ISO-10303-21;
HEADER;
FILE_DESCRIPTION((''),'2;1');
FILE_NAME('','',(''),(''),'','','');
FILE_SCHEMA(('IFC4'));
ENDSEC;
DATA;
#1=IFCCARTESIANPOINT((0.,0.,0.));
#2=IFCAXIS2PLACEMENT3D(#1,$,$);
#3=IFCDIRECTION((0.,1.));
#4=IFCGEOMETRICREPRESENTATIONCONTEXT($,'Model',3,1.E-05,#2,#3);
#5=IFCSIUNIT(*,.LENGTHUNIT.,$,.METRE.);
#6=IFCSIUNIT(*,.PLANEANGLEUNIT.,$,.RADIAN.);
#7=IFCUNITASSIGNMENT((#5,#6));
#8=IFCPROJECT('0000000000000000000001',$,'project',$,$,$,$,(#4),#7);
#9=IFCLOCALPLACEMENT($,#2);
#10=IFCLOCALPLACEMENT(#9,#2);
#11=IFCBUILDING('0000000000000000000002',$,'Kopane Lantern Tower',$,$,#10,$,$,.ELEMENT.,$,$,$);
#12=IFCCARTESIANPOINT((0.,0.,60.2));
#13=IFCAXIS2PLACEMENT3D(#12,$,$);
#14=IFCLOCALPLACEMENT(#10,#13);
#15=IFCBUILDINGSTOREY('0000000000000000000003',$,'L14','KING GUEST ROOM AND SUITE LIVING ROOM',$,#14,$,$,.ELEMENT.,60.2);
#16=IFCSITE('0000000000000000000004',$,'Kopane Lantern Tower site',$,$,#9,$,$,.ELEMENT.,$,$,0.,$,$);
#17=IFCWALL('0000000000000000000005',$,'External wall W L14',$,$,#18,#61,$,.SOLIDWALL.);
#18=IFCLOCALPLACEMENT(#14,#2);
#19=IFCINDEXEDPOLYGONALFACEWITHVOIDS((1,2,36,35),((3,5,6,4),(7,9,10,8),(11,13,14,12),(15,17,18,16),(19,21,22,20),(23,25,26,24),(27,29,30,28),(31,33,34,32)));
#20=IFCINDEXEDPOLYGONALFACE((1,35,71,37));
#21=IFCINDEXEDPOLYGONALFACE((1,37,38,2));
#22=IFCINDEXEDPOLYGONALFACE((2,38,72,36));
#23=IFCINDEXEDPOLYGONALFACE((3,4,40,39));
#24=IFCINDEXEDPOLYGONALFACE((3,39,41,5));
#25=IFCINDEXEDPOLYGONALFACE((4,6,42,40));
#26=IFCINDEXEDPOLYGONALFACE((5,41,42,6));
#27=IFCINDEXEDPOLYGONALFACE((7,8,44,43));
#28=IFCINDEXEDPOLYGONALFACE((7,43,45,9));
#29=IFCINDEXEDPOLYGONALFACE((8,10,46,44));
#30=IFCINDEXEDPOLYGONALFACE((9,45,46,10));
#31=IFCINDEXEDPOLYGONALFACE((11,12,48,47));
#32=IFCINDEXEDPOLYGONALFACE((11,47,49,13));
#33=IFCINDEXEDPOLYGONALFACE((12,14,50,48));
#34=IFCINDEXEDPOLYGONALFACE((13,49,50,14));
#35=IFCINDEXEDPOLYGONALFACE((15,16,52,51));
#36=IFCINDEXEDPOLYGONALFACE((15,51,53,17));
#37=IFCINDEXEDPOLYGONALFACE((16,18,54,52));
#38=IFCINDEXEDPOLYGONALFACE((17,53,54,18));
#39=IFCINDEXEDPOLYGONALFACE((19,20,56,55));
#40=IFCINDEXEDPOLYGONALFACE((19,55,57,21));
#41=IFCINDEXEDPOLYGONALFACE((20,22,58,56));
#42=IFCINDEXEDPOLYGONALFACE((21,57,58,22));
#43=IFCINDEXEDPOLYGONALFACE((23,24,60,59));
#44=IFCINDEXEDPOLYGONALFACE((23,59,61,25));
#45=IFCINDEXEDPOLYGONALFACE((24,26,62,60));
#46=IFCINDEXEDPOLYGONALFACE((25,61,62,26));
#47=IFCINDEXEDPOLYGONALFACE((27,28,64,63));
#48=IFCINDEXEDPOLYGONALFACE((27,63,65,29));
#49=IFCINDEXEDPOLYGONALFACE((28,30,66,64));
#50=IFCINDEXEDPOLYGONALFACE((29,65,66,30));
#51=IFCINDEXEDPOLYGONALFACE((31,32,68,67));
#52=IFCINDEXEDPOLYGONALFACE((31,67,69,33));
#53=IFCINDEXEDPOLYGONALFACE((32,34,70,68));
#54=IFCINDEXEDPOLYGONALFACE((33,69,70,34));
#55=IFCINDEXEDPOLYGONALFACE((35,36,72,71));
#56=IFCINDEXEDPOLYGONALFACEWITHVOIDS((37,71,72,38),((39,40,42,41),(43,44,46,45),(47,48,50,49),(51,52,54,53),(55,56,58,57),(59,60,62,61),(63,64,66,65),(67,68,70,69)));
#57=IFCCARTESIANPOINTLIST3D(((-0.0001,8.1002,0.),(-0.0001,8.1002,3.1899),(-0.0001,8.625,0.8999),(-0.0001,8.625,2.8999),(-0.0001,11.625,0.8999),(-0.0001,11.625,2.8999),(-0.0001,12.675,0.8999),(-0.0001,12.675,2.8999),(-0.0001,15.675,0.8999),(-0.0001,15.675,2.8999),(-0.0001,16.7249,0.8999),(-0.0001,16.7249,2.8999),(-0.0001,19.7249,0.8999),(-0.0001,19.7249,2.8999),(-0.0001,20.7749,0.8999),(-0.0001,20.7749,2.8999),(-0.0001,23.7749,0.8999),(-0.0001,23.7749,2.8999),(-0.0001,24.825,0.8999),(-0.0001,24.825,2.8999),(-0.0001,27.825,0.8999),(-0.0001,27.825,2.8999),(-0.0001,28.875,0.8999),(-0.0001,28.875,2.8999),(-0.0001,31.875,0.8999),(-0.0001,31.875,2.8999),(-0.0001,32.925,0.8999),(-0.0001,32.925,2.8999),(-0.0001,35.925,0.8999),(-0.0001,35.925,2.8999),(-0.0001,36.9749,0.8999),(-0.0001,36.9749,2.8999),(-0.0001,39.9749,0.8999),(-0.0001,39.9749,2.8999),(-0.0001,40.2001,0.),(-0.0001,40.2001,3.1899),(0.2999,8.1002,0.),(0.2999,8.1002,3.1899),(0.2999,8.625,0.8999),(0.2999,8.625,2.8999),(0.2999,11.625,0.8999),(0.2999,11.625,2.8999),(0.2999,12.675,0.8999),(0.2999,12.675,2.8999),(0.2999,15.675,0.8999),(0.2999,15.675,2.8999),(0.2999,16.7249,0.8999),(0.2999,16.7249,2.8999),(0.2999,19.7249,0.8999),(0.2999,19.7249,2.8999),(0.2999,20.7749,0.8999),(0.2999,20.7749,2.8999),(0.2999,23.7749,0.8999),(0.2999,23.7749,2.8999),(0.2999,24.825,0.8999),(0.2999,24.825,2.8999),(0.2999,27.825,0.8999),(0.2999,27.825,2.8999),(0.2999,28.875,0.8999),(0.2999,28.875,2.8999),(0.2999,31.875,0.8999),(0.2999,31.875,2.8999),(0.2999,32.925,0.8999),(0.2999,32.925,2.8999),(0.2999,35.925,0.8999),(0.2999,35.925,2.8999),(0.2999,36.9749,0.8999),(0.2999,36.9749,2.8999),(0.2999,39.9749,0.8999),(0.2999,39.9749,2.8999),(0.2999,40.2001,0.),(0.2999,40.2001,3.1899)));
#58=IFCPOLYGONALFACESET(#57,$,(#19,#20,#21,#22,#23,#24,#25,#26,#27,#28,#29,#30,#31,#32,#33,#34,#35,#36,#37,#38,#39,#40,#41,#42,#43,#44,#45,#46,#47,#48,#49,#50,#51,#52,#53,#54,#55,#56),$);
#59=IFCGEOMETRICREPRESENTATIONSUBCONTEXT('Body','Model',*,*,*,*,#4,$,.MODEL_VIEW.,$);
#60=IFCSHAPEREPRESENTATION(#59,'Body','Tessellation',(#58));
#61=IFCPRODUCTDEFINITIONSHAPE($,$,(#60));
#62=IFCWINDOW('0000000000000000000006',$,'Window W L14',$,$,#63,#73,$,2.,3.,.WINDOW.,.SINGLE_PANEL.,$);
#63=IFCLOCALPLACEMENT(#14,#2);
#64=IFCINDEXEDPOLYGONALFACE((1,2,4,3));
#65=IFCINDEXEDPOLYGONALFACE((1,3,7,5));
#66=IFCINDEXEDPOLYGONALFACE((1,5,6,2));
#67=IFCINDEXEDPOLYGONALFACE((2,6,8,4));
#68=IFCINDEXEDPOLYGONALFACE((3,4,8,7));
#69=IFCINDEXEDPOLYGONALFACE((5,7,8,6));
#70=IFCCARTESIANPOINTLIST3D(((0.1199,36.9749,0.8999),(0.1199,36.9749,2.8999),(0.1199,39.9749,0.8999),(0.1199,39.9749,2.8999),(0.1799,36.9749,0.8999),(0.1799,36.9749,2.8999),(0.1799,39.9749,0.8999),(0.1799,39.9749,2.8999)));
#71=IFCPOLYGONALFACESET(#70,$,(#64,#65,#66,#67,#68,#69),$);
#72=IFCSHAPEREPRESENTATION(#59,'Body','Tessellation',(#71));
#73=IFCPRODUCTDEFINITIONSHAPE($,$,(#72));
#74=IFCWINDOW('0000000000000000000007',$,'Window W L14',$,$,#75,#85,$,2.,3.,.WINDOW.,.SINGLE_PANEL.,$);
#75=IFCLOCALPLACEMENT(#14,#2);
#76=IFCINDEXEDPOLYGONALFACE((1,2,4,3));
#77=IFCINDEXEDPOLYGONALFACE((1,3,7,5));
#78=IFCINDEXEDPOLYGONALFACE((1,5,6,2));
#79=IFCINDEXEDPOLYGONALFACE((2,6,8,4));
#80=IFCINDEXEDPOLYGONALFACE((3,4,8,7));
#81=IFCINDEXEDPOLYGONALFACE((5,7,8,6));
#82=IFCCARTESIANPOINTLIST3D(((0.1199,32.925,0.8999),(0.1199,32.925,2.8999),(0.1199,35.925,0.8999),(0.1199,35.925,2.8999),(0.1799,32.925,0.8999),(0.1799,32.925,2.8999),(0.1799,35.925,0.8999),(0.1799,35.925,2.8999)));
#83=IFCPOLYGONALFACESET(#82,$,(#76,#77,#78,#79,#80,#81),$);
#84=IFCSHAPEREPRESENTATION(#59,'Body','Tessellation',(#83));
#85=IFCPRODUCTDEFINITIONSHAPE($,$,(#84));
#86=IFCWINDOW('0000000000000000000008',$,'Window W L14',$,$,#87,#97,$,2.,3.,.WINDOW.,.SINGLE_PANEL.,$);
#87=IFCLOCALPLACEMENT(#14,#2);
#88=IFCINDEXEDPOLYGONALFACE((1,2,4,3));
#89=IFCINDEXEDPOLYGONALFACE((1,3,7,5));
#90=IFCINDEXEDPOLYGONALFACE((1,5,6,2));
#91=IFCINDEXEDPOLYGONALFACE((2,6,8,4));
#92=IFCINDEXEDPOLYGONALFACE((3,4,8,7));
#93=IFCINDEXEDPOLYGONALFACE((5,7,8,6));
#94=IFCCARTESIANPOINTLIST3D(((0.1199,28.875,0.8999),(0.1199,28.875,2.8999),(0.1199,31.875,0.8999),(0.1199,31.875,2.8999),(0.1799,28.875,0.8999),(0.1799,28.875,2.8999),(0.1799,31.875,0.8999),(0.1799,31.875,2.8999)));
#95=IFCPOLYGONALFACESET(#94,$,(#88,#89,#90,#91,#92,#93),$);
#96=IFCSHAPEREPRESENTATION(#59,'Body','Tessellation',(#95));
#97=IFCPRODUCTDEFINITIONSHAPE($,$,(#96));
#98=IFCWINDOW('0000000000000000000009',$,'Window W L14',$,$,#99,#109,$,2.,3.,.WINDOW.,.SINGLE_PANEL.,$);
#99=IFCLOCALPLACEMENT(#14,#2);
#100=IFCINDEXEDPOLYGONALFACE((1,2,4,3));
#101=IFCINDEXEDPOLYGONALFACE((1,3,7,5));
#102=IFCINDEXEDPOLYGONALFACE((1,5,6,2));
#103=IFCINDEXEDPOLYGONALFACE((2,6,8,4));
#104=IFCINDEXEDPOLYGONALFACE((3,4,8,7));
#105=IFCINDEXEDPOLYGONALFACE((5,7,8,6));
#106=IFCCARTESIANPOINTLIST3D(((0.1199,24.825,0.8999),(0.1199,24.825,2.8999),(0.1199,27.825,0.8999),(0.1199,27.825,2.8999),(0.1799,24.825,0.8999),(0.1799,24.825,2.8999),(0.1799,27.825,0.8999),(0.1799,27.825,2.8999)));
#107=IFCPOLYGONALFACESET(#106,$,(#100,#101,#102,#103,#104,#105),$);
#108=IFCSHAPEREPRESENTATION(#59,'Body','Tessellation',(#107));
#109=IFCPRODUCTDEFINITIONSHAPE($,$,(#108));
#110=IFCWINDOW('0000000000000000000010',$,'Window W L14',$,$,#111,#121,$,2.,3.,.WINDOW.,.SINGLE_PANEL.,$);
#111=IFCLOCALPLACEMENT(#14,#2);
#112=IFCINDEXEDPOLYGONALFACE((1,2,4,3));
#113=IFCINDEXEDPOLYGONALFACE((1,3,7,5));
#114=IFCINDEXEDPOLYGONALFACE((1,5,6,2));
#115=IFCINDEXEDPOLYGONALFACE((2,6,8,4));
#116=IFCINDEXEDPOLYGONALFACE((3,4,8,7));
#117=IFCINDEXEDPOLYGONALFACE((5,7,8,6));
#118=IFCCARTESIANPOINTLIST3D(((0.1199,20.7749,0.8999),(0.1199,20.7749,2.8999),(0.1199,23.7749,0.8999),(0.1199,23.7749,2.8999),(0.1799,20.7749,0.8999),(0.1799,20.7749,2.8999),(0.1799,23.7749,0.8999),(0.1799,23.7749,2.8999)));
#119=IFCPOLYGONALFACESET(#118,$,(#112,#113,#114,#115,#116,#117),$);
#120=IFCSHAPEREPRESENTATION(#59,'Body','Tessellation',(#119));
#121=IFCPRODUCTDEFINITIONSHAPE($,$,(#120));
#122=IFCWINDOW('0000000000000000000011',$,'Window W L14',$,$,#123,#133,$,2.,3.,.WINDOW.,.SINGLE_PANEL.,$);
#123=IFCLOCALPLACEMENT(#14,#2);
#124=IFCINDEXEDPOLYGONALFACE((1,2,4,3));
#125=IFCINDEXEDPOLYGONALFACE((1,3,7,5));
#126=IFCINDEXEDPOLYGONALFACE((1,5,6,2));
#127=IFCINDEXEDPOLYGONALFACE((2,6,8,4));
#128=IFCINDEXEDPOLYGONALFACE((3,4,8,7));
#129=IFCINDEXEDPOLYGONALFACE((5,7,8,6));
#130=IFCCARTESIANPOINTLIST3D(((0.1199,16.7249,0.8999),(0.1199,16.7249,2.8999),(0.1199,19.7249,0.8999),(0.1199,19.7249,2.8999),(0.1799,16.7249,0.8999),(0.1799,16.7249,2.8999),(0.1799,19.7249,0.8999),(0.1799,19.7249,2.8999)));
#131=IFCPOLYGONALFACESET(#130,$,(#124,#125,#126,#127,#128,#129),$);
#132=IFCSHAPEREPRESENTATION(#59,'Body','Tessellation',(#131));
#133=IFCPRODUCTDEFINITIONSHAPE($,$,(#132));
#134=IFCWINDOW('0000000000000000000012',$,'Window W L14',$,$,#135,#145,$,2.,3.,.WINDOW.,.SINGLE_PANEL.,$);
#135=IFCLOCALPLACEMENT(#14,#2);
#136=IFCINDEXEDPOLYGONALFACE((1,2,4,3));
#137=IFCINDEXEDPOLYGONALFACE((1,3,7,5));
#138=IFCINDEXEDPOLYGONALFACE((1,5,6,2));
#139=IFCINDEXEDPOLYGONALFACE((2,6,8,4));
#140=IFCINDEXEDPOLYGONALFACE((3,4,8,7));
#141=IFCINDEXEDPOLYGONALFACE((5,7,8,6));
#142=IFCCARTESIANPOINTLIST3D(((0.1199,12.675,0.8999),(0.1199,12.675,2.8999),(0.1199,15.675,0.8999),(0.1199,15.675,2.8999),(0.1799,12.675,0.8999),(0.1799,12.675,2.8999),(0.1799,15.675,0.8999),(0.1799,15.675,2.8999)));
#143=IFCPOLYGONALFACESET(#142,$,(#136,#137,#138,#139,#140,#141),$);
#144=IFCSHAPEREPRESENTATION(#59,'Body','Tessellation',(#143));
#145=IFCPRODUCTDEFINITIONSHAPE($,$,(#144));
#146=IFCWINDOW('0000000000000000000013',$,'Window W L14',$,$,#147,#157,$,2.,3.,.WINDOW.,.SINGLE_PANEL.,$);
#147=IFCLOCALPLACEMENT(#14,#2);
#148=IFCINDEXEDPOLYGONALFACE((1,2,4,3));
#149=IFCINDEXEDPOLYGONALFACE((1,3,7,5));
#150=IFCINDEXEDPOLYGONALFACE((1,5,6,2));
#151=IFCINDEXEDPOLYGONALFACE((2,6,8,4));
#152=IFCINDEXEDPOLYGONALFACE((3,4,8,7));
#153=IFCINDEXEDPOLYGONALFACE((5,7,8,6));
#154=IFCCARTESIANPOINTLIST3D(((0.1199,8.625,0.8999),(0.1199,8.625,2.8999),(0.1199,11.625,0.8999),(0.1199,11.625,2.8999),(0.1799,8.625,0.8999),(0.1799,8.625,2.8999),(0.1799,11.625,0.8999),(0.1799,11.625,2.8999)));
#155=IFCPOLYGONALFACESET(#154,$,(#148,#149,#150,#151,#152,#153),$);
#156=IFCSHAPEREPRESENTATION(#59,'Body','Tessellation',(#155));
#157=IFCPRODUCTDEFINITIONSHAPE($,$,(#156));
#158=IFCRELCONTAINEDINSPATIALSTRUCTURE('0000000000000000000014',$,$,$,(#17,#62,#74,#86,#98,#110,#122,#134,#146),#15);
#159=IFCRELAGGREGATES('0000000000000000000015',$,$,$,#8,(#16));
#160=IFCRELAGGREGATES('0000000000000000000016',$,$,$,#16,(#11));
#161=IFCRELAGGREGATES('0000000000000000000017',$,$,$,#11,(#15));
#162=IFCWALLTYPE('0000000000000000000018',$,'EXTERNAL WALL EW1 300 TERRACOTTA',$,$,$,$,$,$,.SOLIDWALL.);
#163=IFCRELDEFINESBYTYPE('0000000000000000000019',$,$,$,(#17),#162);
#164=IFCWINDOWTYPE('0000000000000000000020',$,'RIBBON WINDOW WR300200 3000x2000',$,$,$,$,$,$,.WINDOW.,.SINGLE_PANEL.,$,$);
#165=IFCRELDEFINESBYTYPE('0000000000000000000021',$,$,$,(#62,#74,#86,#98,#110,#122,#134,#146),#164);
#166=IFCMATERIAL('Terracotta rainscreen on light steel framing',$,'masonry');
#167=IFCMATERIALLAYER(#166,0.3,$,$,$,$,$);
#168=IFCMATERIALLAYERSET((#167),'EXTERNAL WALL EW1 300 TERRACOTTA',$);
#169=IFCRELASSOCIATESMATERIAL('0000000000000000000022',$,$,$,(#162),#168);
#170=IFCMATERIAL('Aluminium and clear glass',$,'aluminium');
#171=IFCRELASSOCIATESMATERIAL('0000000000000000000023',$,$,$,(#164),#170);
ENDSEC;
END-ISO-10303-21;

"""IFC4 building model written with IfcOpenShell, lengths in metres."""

from ifc_helpers import new_model, si_unit, direction, frame, frame_2d, origin, place, context, subcontext, project, spatial, rectangle, extrude, material, layer, layer_set, type_object, element, fill, save


model = new_model("IFC4")

# Units and contexts
model_context = context("Model", 3, precision=1e-05, world=origin(), true_north=direction((0.0, 1.0)))
body_context = subcontext(model_context, "Body", "Model", "MODEL_VIEW")
ifc_project = project(units=[si_unit("LENGTHUNIT", "METRE"), si_unit("PLANEANGLEUNIT", "RADIAN")], contexts=[model_context])

# Site, building, storey
site_placement = place(None, origin())
site = spatial("IfcSite", under=ifc_project, at=site_placement, Name="Kopane Lantern Tower site", CompositionType="ELEMENT", RefElevation=0.0)
building_placement = place(site_placement, origin())
building = spatial("IfcBuilding", under=site, at=building_placement, Name="Kopane Lantern Tower", CompositionType="ELEMENT")
storey_placement = place(building_placement, frame((0.0, 0.0, 60.2)))
storey = spatial("IfcBuildingStorey", under=building, at=storey_placement, Name="L14", Description="KING GUEST ROOM AND SUITE LIVING ROOM", CompositionType="ELEMENT", Elevation=60.2)

# Shared definitions
ifc_material_1 = material(Name="Terracotta rainscreen on light steel framing", Category="masonry")
ifc_layer_1 = layer(ifc_material_1, 0.3)
ifc_layer_set_1 = layer_set([ifc_layer_1], Name="EXTERNAL WALL EW1 300 TERRACOTTA")
wall_type_1 = type_object("IfcWallType", Name="EXTERNAL WALL EW1 300 TERRACOTTA", PredefinedType="SOLIDWALL", material=ifc_layer_set_1)

# Wall, openings, windows
wall_1_placement = place(storey_placement, frame((0.1499, 40.2, 0.0), z_axis=(0.0, 0.0, 1.0), x_axis=(0.0, -1.0, 0.0)))
wall_1 = element("IfcWall", 1, at=wall_1_placement, inside=storey, type_object=wall_type_1, Name="External wall W L14", PredefinedType="SOLIDWALL", context=body_context, shape_type="SweptSolid", body=[
    extrude(rectangle(XDim=32.0999, YDim=0.3, at=frame_2d((16.0498, 0.0))), origin(), (0.0, 0.0, 1.0), 3.1899),
])
opening_1_placement = place(wall_1_placement, frame((0.2251, 0.0, 0.8999)))
opening_1 = element("IfcOpeningElement", 2, at=opening_1_placement, cuts=wall_1, PredefinedType="OPENING", context=body_context, shape_type="SweptSolid", body=[
    extrude(rectangle(XDim=3.0, YDim=2.0, at=frame_2d((1.5, 1.0))), frame((0.0, 0.1599, 0.0), z_axis=(0.0, -1.0, 0.0), x_axis=(1.0, 0.0, 0.0)), (0.0, 0.0, 1.0), 0.3201),
])
opening_2_placement = place(wall_1_placement, frame((4.2749, 0.0, 0.8999)))
opening_2 = element("IfcOpeningElement", 3, at=opening_2_placement, cuts=wall_1, PredefinedType="OPENING", context=body_context, shape_type="SweptSolid", body=[
    extrude(rectangle(XDim=3.0, YDim=2.0, at=frame_2d((1.5, 1.0))), frame((0.0, 0.1599, 0.0), z_axis=(0.0, -1.0, 0.0), x_axis=(1.0, 0.0, 0.0)), (0.0, 0.0, 1.0), 0.3201),
])
opening_3_placement = place(wall_1_placement, frame((8.325, 0.0, 0.8999)))
opening_3 = element("IfcOpeningElement", 4, at=opening_3_placement, cuts=wall_1, PredefinedType="OPENING", context=body_context, shape_type="SweptSolid", body=[
    extrude(rectangle(XDim=3.0, YDim=2.0, at=frame_2d((1.5, 1.0))), frame((0.0, 0.1599, 0.0), z_axis=(0.0, -1.0, 0.0), x_axis=(1.0, 0.0, 0.0)), (0.0, 0.0, 1.0), 0.3201),
])
opening_4_placement = place(wall_1_placement, frame((12.375, 0.0, 0.8999)))
opening_4 = element("IfcOpeningElement", 5, at=opening_4_placement, cuts=wall_1, PredefinedType="OPENING", context=body_context, shape_type="SweptSolid", body=[
    extrude(rectangle(XDim=3.0, YDim=2.0, at=frame_2d((1.5, 1.0))), frame((0.0, 0.1599, 0.0), z_axis=(0.0, -1.0, 0.0), x_axis=(1.0, 0.0, 0.0)), (0.0, 0.0, 1.0), 0.3201),
])
opening_5_placement = place(wall_1_placement, frame((16.425, 0.0, 0.8999)))
opening_5 = element("IfcOpeningElement", 6, at=opening_5_placement, cuts=wall_1, PredefinedType="OPENING", context=body_context, shape_type="SweptSolid", body=[
    extrude(rectangle(XDim=3.0, YDim=2.0, at=frame_2d((1.5, 1.0))), frame((0.0, 0.1599, 0.0), z_axis=(0.0, -1.0, 0.0), x_axis=(1.0, 0.0, 0.0)), (0.0, 0.0, 1.0), 0.3201),
])
opening_6_placement = place(wall_1_placement, frame((20.4751, 0.0, 0.8999)))
opening_6 = element("IfcOpeningElement", 7, at=opening_6_placement, cuts=wall_1, PredefinedType="OPENING", context=body_context, shape_type="SweptSolid", body=[
    extrude(rectangle(XDim=3.0, YDim=2.0, at=frame_2d((1.5, 1.0))), frame((0.0, 0.1599, 0.0), z_axis=(0.0, -1.0, 0.0), x_axis=(1.0, 0.0, 0.0)), (0.0, 0.0, 1.0), 0.3201),
])
opening_7_placement = place(wall_1_placement, frame((24.5249, 0.0, 0.8999)))
opening_7 = element("IfcOpeningElement", 8, at=opening_7_placement, cuts=wall_1, PredefinedType="OPENING", context=body_context, shape_type="SweptSolid", body=[
    extrude(rectangle(XDim=3.0, YDim=2.0, at=frame_2d((1.5, 1.0))), frame((0.0, 0.1599, 0.0), z_axis=(0.0, -1.0, 0.0), x_axis=(1.0, 0.0, 0.0)), (0.0, 0.0, 1.0), 0.3201),
])
opening_8_placement = place(wall_1_placement, frame((28.575, 0.0, 0.8999)))
opening_8 = element("IfcOpeningElement", 9, at=opening_8_placement, cuts=wall_1, PredefinedType="OPENING", context=body_context, shape_type="SweptSolid", body=[
    extrude(rectangle(XDim=3.0, YDim=2.0, at=frame_2d((1.5, 1.0))), frame((0.0, 0.1599, 0.0), z_axis=(0.0, -1.0, 0.0), x_axis=(1.0, 0.0, 0.0)), (0.0, 0.0, 1.0), 0.3201),
])
ifc_material_2 = material(Name="Aluminium and clear glass", Category="aluminium")
window_type_1 = type_object("IfcWindowType", Name="RIBBON WINDOW WR300200 3000x2000", PartitioningType="SINGLE_PANEL", PredefinedType="WINDOW", material=ifc_material_2)
window_1_placement = place(opening_1_placement, origin())
window_1 = element("IfcWindow", 10, at=window_1_placement, inside=storey, type_object=window_type_1, Name="Window W L14", OverallHeight=2.0, OverallWidth=3.0, PartitioningType="SINGLE_PANEL", PredefinedType="WINDOW", context=body_context, shape_type="SweptSolid", body=[
    extrude(rectangle(XDim=3.0, YDim=2.0, at=frame_2d((1.5, 1.0))), frame((0.0, 0.03, 0.0), z_axis=(0.0, -1.0, 0.0), x_axis=(1.0, 0.0, 0.0)), (0.0, 0.0, 1.0), 0.0601),
])
fill(opening_1, window_1)
window_2_placement = place(opening_2_placement, origin())
window_2 = element("IfcWindow", 11, at=window_2_placement, inside=storey, type_object=window_type_1, Name="Window W L14", OverallHeight=2.0, OverallWidth=3.0, PartitioningType="SINGLE_PANEL", PredefinedType="WINDOW", context=body_context, shape_type="SweptSolid", body=[
    extrude(rectangle(XDim=3.0, YDim=2.0, at=frame_2d((1.5, 1.0))), frame((0.0, 0.03, 0.0), z_axis=(0.0, -1.0, 0.0), x_axis=(1.0, 0.0, 0.0)), (0.0, 0.0, 1.0), 0.0601),
])
fill(opening_2, window_2)
window_3_placement = place(opening_3_placement, origin())
window_3 = element("IfcWindow", 12, at=window_3_placement, inside=storey, type_object=window_type_1, Name="Window W L14", OverallHeight=2.0, OverallWidth=3.0, PartitioningType="SINGLE_PANEL", PredefinedType="WINDOW", context=body_context, shape_type="SweptSolid", body=[
    extrude(rectangle(XDim=3.0, YDim=2.0, at=frame_2d((1.5, 1.0))), frame((0.0, 0.03, 0.0), z_axis=(0.0, -1.0, 0.0), x_axis=(1.0, 0.0, 0.0)), (0.0, 0.0, 1.0), 0.0601),
])
fill(opening_3, window_3)
window_4_placement = place(opening_4_placement, origin())
window_4 = element("IfcWindow", 13, at=window_4_placement, inside=storey, type_object=window_type_1, Name="Window W L14", OverallHeight=2.0, OverallWidth=3.0, PartitioningType="SINGLE_PANEL", PredefinedType="WINDOW", context=body_context, shape_type="SweptSolid", body=[
    extrude(rectangle(XDim=3.0, YDim=2.0, at=frame_2d((1.5, 1.0))), frame((0.0, 0.03, 0.0), z_axis=(0.0, -1.0, 0.0), x_axis=(1.0, 0.0, 0.0)), (0.0, 0.0, 1.0), 0.0601),
])
fill(opening_4, window_4)
window_5_placement = place(opening_5_placement, origin())
window_5 = element("IfcWindow", 14, at=window_5_placement, inside=storey, type_object=window_type_1, Name="Window W L14", OverallHeight=2.0, OverallWidth=3.0, PartitioningType="SINGLE_PANEL", PredefinedType="WINDOW", context=body_context, shape_type="SweptSolid", body=[
    extrude(rectangle(XDim=3.0, YDim=2.0, at=frame_2d((1.5, 1.0))), frame((0.0, 0.03, 0.0), z_axis=(0.0, -1.0, 0.0), x_axis=(1.0, 0.0, 0.0)), (0.0, 0.0, 1.0), 0.0601),
])
fill(opening_5, window_5)
window_6_placement = place(opening_6_placement, origin())
window_6 = element("IfcWindow", 15, at=window_6_placement, inside=storey, type_object=window_type_1, Name="Window W L14", OverallHeight=2.0, OverallWidth=3.0, PartitioningType="SINGLE_PANEL", PredefinedType="WINDOW", context=body_context, shape_type="SweptSolid", body=[
    extrude(rectangle(XDim=3.0, YDim=2.0, at=frame_2d((1.5, 1.0))), frame((0.0, 0.03, 0.0), z_axis=(0.0, -1.0, 0.0), x_axis=(1.0, 0.0, 0.0)), (0.0, 0.0, 1.0), 0.0601),
])
fill(opening_6, window_6)
window_7_placement = place(opening_7_placement, origin())
window_7 = element("IfcWindow", 16, at=window_7_placement, inside=storey, type_object=window_type_1, Name="Window W L14", OverallHeight=2.0, OverallWidth=3.0, PartitioningType="SINGLE_PANEL", PredefinedType="WINDOW", context=body_context, shape_type="SweptSolid", body=[
    extrude(rectangle(XDim=3.0, YDim=2.0, at=frame_2d((1.5, 1.0))), frame((0.0, 0.03, 0.0), z_axis=(0.0, -1.0, 0.0), x_axis=(1.0, 0.0, 0.0)), (0.0, 0.0, 1.0), 0.0601),
])
fill(opening_7, window_7)
window_8_placement = place(opening_8_placement, origin())
window_8 = element("IfcWindow", 17, at=window_8_placement, inside=storey, type_object=window_type_1, Name="Window W L14", OverallHeight=2.0, OverallWidth=3.0, PartitioningType="SINGLE_PANEL", PredefinedType="WINDOW", context=body_context, shape_type="SweptSolid", body=[
    extrude(rectangle(XDim=3.0, YDim=2.0, at=frame_2d((1.5, 1.0))), frame((0.0, 0.03, 0.0), z_axis=(0.0, -1.0, 0.0), x_axis=(1.0, 0.0, 0.0)), (0.0, 0.0, 1.0), 0.0601),
])
fill(opening_8, window_8)

save(model, "model.ifc")
